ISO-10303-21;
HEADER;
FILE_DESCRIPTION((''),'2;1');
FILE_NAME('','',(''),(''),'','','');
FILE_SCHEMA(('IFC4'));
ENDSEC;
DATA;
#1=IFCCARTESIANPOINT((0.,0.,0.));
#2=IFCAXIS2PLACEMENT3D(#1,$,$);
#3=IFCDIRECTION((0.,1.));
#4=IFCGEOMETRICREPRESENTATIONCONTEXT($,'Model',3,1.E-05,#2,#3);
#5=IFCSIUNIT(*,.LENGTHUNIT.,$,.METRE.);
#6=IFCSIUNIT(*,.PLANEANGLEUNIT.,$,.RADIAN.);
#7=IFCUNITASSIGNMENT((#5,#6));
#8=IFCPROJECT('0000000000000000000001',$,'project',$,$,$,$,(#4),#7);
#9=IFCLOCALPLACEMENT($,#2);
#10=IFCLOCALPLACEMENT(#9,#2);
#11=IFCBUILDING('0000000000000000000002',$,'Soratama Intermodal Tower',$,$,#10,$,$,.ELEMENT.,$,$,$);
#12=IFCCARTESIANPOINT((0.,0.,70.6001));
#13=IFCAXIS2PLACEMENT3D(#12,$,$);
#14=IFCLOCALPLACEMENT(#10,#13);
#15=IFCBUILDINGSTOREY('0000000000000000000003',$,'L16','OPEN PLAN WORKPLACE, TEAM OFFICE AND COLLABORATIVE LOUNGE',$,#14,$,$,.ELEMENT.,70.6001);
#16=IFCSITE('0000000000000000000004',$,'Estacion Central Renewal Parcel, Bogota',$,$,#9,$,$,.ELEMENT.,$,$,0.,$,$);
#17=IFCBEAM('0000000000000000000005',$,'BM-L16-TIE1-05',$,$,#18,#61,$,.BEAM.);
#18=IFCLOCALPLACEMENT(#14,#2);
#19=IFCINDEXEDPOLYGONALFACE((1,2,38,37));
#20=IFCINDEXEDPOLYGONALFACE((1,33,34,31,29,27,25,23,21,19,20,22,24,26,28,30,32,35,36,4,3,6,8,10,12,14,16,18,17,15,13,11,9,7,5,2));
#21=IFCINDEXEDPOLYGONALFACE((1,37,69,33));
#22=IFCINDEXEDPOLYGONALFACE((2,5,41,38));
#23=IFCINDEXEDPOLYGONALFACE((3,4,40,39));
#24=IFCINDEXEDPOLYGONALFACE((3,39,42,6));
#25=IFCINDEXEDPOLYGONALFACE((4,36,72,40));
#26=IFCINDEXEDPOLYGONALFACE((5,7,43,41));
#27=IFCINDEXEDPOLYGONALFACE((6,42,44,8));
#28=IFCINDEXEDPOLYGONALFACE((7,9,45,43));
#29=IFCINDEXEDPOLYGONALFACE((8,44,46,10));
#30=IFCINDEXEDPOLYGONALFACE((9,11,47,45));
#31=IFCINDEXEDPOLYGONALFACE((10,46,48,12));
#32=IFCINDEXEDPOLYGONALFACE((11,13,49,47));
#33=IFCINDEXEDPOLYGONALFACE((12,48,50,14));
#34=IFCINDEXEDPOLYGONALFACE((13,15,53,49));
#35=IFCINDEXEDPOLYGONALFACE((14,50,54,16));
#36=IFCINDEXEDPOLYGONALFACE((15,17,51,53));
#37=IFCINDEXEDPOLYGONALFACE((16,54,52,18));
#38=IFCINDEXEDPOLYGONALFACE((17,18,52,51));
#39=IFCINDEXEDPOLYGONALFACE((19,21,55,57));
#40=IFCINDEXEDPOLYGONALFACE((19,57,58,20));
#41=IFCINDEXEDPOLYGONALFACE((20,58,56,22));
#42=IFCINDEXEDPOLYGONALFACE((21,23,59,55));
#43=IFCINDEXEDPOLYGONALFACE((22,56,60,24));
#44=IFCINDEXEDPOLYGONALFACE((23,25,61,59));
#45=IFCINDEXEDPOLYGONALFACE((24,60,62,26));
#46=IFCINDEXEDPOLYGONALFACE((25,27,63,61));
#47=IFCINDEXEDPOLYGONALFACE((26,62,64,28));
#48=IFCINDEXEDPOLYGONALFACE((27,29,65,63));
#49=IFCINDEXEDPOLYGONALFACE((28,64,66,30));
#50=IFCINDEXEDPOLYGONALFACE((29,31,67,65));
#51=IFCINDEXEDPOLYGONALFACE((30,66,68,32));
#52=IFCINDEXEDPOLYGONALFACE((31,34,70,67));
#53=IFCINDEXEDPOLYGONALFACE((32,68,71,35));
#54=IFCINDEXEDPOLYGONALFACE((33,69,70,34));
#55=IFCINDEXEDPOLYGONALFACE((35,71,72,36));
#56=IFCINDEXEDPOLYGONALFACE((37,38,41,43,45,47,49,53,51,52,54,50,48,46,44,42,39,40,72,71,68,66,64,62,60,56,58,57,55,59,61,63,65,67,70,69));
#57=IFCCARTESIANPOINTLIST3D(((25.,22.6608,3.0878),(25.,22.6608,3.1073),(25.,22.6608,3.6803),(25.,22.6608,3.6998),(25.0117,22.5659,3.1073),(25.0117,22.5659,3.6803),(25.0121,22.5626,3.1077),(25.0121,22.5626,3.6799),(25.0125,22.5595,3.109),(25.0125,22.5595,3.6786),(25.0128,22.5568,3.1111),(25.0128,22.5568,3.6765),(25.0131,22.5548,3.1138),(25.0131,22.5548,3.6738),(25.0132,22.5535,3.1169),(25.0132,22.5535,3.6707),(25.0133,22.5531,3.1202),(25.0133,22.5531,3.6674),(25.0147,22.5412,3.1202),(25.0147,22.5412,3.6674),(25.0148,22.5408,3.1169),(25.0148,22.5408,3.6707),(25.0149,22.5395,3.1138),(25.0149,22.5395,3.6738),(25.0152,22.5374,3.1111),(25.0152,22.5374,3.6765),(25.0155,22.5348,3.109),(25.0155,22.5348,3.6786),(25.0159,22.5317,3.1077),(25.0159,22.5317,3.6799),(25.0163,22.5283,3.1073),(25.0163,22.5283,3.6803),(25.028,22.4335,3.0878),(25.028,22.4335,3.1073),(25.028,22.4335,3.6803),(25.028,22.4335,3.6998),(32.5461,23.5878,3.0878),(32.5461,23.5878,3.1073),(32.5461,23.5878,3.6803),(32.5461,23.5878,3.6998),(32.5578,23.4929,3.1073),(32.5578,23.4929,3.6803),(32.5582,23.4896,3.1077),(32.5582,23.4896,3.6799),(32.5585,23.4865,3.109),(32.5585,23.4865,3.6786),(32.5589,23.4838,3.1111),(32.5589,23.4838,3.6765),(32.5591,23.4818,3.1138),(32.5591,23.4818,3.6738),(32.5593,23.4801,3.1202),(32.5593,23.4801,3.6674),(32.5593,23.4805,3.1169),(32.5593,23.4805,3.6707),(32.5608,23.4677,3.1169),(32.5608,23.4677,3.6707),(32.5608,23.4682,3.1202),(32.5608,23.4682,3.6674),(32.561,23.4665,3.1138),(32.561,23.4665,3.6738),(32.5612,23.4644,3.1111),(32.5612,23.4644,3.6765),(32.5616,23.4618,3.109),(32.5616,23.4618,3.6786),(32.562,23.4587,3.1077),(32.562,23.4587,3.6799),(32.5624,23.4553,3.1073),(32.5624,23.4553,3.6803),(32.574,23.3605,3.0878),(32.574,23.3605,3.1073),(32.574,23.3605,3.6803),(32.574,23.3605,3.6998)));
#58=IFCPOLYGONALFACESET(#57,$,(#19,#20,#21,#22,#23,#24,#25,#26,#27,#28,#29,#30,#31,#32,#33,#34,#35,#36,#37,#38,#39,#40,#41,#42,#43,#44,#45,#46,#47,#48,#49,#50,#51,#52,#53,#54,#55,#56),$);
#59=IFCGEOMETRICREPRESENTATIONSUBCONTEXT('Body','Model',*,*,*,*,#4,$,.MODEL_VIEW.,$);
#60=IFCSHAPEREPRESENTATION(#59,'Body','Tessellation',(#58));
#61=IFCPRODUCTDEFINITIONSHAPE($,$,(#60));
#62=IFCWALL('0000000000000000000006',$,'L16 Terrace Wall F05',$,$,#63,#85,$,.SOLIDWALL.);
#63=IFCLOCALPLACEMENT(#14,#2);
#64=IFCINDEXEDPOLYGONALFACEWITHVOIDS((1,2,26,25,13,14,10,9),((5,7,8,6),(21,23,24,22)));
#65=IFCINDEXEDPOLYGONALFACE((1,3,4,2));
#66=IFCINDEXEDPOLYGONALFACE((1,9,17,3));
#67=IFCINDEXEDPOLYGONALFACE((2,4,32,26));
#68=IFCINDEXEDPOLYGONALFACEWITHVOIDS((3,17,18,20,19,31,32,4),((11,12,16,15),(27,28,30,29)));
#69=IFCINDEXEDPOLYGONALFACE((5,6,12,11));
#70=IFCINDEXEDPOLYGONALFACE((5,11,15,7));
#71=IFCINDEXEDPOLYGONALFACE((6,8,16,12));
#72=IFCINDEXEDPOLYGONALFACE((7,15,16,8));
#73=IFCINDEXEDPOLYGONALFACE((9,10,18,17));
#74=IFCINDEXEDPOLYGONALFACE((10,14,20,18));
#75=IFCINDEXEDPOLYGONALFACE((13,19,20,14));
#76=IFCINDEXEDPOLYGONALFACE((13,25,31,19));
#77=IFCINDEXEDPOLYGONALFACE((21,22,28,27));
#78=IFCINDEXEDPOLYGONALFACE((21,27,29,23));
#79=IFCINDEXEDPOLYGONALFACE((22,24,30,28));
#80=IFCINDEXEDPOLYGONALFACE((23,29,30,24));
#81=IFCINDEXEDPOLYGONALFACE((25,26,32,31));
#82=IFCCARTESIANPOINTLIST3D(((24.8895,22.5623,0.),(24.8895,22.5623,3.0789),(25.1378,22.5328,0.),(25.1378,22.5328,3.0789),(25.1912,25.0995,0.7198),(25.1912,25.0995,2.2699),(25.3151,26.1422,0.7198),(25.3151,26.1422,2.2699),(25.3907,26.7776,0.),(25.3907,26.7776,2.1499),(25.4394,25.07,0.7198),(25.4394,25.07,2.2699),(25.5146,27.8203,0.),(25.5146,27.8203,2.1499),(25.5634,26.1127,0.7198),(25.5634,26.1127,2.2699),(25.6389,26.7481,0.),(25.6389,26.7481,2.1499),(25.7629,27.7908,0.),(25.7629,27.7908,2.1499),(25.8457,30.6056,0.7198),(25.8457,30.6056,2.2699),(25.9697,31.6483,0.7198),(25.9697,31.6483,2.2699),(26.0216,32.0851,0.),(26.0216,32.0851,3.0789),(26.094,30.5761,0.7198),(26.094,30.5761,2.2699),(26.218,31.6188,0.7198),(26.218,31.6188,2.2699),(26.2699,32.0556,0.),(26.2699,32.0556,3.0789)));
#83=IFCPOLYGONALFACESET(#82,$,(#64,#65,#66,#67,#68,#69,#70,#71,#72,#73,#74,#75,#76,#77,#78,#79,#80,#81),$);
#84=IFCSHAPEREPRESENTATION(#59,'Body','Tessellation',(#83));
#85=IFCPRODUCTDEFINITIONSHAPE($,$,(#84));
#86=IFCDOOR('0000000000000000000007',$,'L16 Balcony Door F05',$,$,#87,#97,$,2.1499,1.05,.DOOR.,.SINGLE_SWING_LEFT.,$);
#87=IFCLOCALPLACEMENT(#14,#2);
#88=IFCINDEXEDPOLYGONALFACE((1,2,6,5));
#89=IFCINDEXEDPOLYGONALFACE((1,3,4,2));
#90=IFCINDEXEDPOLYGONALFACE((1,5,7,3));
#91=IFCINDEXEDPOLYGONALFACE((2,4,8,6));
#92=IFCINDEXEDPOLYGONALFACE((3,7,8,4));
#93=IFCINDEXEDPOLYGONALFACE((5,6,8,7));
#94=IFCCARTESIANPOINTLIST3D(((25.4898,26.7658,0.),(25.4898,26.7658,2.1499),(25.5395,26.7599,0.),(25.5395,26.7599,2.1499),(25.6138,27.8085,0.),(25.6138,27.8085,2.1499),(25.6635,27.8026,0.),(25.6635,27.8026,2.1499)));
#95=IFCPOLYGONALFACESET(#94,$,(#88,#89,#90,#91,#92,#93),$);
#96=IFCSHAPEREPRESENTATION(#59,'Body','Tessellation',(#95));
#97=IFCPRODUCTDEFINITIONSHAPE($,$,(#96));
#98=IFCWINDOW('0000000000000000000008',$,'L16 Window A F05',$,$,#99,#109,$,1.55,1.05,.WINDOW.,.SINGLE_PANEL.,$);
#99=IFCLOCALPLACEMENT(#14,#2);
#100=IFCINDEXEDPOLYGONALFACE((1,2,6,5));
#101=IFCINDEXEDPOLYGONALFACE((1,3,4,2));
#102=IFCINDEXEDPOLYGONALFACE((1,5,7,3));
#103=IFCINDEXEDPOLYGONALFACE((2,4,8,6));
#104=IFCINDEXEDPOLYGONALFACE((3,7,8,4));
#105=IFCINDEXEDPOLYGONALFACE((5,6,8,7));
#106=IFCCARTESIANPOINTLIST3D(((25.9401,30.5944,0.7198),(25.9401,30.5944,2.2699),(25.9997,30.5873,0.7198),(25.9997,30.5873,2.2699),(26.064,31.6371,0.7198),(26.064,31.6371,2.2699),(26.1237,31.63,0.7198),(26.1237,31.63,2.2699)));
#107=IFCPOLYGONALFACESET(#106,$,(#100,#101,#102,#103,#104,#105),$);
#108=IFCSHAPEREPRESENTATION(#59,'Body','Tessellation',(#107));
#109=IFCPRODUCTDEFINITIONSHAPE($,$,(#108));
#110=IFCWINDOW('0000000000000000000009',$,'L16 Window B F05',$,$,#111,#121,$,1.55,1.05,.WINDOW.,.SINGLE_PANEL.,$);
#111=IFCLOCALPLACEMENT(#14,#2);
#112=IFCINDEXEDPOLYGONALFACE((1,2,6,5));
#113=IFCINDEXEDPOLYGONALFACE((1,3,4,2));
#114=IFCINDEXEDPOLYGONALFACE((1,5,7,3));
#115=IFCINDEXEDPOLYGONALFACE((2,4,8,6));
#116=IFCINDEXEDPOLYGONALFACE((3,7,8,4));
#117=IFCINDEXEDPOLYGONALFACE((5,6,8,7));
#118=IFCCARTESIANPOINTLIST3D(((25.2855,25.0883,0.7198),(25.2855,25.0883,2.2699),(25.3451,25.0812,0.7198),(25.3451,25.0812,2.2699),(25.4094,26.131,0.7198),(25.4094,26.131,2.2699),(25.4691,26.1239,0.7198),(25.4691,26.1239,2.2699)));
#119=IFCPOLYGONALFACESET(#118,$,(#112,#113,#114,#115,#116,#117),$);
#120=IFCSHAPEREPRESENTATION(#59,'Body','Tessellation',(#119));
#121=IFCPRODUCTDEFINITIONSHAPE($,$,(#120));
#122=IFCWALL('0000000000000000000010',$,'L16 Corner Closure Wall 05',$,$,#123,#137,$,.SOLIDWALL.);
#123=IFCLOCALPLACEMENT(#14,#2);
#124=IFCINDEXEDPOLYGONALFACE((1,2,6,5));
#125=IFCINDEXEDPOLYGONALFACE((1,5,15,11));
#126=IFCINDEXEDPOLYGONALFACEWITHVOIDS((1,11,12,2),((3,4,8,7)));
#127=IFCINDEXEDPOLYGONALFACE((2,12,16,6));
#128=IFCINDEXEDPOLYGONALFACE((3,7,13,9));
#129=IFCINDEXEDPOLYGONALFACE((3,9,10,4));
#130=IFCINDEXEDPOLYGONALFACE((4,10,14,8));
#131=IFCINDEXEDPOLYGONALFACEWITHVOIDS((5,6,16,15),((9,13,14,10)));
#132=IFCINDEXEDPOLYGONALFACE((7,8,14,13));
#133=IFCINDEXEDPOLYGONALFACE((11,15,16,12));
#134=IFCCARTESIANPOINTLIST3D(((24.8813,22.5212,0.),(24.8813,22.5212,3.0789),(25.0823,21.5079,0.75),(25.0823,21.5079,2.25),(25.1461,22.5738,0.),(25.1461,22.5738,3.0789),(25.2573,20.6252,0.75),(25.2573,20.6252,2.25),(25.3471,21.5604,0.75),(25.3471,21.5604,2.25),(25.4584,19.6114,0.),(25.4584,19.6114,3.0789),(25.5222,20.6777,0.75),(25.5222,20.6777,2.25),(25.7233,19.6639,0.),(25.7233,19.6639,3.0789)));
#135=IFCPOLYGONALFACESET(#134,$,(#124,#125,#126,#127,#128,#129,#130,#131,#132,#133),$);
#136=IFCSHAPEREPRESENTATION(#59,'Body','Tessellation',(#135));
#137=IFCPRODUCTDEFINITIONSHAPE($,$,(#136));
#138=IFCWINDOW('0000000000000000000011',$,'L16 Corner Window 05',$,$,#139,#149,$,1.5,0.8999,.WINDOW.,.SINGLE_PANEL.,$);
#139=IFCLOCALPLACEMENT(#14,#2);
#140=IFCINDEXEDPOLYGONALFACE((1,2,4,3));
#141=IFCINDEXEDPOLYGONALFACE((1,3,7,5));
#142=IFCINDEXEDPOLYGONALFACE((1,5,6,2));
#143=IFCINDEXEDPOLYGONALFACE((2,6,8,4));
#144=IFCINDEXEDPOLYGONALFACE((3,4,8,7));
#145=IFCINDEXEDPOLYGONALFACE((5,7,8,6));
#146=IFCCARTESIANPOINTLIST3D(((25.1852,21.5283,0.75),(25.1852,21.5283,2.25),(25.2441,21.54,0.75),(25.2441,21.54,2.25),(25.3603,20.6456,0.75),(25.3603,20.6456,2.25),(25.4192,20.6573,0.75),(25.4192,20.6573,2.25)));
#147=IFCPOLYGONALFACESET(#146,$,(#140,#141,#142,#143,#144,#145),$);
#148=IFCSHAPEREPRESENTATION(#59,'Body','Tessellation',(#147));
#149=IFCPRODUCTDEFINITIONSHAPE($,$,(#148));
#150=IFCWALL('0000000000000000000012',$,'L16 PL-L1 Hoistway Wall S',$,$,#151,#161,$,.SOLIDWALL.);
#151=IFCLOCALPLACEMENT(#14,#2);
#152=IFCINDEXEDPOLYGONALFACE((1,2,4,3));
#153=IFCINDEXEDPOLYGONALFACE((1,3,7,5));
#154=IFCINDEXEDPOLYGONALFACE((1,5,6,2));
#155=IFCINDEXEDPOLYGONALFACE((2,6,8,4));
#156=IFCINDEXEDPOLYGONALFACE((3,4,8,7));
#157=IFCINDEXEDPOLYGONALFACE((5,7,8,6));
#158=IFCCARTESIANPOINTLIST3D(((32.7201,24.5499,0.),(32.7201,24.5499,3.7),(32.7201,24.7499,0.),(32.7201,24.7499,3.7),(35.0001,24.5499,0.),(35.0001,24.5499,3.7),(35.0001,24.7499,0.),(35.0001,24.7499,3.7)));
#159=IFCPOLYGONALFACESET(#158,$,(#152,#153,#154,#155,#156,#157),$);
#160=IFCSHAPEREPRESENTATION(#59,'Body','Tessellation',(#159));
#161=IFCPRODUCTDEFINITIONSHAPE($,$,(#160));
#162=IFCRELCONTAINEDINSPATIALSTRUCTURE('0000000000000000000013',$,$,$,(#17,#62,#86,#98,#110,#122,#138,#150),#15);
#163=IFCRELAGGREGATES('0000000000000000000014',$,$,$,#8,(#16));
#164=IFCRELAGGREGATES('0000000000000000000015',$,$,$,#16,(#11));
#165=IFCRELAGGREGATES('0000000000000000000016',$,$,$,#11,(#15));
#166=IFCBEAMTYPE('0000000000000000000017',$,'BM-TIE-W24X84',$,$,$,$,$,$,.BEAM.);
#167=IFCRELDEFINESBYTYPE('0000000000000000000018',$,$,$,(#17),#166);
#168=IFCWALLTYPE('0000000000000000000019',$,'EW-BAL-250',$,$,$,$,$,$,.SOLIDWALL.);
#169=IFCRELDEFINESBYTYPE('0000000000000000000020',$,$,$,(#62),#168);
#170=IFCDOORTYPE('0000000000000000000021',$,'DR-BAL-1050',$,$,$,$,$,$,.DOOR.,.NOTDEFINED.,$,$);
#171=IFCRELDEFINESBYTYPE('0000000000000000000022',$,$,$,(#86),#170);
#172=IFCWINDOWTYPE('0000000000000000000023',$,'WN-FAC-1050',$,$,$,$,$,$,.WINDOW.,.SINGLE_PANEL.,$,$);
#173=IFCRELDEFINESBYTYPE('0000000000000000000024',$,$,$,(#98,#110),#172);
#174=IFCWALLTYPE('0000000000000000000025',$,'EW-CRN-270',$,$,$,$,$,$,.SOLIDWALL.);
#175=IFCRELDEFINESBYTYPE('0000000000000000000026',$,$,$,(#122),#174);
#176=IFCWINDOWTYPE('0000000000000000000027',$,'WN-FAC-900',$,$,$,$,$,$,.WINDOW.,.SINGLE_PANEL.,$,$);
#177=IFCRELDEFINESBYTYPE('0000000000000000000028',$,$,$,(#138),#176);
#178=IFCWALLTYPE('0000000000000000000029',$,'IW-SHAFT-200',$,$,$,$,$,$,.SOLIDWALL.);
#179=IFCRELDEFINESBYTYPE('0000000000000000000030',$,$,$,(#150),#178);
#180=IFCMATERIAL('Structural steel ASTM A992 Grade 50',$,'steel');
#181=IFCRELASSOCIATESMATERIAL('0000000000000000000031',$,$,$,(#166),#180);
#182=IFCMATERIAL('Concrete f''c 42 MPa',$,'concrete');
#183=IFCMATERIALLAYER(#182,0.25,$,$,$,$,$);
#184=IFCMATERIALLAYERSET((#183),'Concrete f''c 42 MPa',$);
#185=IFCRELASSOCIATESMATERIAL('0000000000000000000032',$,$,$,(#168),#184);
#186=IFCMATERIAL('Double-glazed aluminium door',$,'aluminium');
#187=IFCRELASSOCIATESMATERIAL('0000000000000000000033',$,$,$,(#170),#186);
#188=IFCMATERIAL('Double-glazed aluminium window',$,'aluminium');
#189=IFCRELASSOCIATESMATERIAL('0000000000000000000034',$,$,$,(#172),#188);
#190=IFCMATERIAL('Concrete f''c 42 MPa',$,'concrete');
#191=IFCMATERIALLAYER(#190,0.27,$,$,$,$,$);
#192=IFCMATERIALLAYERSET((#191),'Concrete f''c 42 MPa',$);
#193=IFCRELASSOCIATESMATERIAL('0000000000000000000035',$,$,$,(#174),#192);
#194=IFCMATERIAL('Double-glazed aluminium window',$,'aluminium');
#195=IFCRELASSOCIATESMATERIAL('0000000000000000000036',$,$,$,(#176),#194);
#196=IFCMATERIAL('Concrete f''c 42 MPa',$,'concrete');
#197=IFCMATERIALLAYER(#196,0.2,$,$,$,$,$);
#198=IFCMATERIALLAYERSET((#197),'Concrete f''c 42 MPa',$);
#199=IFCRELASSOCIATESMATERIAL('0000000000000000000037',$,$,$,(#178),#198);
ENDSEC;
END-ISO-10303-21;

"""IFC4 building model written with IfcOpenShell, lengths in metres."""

from ifc_helpers import new_model, si_unit, direction, frame, frame_2d, origin, origin_2d, place, context, subcontext, project, spatial, rectangle, i_section, extrude, material, layer, layer_set, material_profile, profile_set, type_object, element, fill, save


model = new_model("IFC4")

# Units and contexts
model_context = context("Model", 3, precision=1e-05, world=origin(), true_north=direction((0.0, 1.0)))
body_context = subcontext(model_context, "Body", "Model", "MODEL_VIEW")
ifc_project = project(units=[si_unit("LENGTHUNIT", "METRE"), si_unit("PLANEANGLEUNIT", "RADIAN")], contexts=[model_context])

# Site, building, storey
site_placement = place(None, origin())
site = spatial("IfcSite", under=ifc_project, at=site_placement, Name="Estacion Central Renewal Parcel, Bogota", CompositionType="ELEMENT", RefElevation=0.0)
building_placement = place(site_placement, origin())
building = spatial("IfcBuilding", under=site, at=building_placement, Name="Soratama Intermodal Tower", CompositionType="ELEMENT")
storey_placement = place(building_placement, frame((0.0, 0.0, 70.6001)))
storey = spatial("IfcBuildingStorey", under=building, at=storey_placement, Name="L16", Description="OPEN PLAN WORKPLACE, TEAM OFFICE AND COLLABORATIVE LOUNGE", CompositionType="ELEMENT", Elevation=70.6001)

# Beam
ifc_material_1 = material(Name="Structural steel ASTM A992 Grade 50", Category="steel")
ifc_material_profile_1 = material_profile(ifc_material_1, i_section(OverallWidth=0.229, OverallDepth=0.6121, WebThickness=0.012, FlangeThickness=0.0195, FilletRadius=0.0129, at=origin_2d()), Name="W24X84")
ifc_profile_set_1 = profile_set([ifc_material_profile_1], Name="Structural steel ASTM A992 Grade 50")
beam_type_1 = type_object("IfcBeamType", Name="BM-TIE-W24X84", PredefinedType="BEAM", material=ifc_profile_set_1)
beam_1_placement = place(storey_placement, frame((32.5601, 23.4741, 3.3938), z_axis=(-0.992539, -0.121928, 0.0), x_axis=(0.121928, -0.992539, 0.0)))
element("IfcBeam", 1, at=beam_1_placement, inside=storey, type_object=beam_type_1, Name="BM-L16-TIE1-05", PredefinedType="BEAM", context=body_context, shape_type="SweptSolid", body=[
    extrude(i_section(OverallWidth=0.229, OverallDepth=0.6121, WebThickness=0.012, FlangeThickness=0.0195, FilletRadius=0.0129, at=origin_2d()), origin(), (0.0, 0.0, 1.0), 7.6028),
])

# Wall, openings, door, windows
ifc_material_2 = material(Name="Concrete f'c 42 MPa", Category="concrete")
ifc_layer_1 = layer(ifc_material_2, 0.25)
ifc_layer_set_1 = layer_set([ifc_layer_1], Name="Concrete f'c 42 MPa")
wall_type_1 = type_object("IfcWallType", Name="EW-BAL-250", PredefinedType="SOLIDWALL", material=ifc_layer_set_1)
wall_1_placement = place(storey_placement, frame((26.1458, 32.0703, 0.0), z_axis=(0.0, 0.0, 1.0), x_axis=(-0.118051, -0.993008, 0.0)))
wall_1 = element("IfcWall", 2, at=wall_1_placement, inside=storey, type_object=wall_type_1, Name="L16 Terrace Wall F05", PredefinedType="SOLIDWALL", context=body_context, shape_type="SweptSolid", body=[
    extrude(rectangle(XDim=9.5898, YDim=0.25, at=frame_2d((4.7949, 0.0))), origin(), (0.0, 0.0, 1.0), 3.0789),
])
opening_1_placement = place(wall_1_placement, frame((4.2949, 0.0, 0.0)))
opening_1 = element("IfcOpeningElement", 3, at=opening_1_placement, cuts=wall_1, PredefinedType="OPENING", context=body_context, shape_type="SweptSolid", body=[
    extrude(rectangle(XDim=1.05, YDim=2.1499, at=frame_2d((0.5249, 1.075))), frame((0.0, 0.135, 0.0), z_axis=(0.0, -1.0, 0.0), x_axis=(1.0, 0.0, 0.0)), (0.0, 0.0, 1.0), 0.27),
])
opening_2_placement = place(wall_1_placement, frame((0.4399, 0.0, 0.72)))
opening_2 = element("IfcOpeningElement", 4, at=opening_2_placement, cuts=wall_1, PredefinedType="OPENING", context=body_context, shape_type="SweptSolid", body=[
    extrude(rectangle(XDim=1.05, YDim=1.55, at=frame_2d((0.5249, 0.7749))), frame((0.0, 0.135, 0.0), z_axis=(0.0, -1.0, 0.0), x_axis=(1.0, 0.0, 0.0)), (0.0, 0.0, 1.0), 0.27),
])
opening_3_placement = place(wall_1_placement, frame((5.9849, 0.0, 0.72)))
opening_3 = element("IfcOpeningElement", 5, at=opening_3_placement, cuts=wall_1, PredefinedType="OPENING", context=body_context, shape_type="SweptSolid", body=[
    extrude(rectangle(XDim=1.05, YDim=1.55, at=frame_2d((0.5249, 0.7749))), frame((0.0, 0.135, 0.0), z_axis=(0.0, -1.0, 0.0), x_axis=(1.0, 0.0, 0.0)), (0.0, 0.0, 1.0), 0.27),
])
ifc_material_3 = material(Name="Double-glazed aluminium door", Category="aluminium")
door_type_1 = type_object("IfcDoorType", Name="DR-BAL-1050", OperationType="NOTDEFINED", PredefinedType="DOOR", material=ifc_material_3)
door_1_placement = place(opening_1_placement, origin())
door_1 = element("IfcDoor", 6, at=door_1_placement, inside=storey, type_object=door_type_1, Name="L16 Balcony Door F05", OperationType="SINGLE_SWING_LEFT", OverallHeight=2.1499, OverallWidth=1.05, PredefinedType="DOOR", context=body_context, shape_type="SweptSolid", body=[
    extrude(rectangle(XDim=1.05, YDim=2.1499, at=frame_2d((0.5249, 1.075))), frame((0.0, 0.0249, 0.0), z_axis=(0.0, -1.0, 0.0), x_axis=(1.0, 0.0, 0.0)), (0.0, 0.0, 1.0), 0.05),
])
fill(opening_1, door_1)
ifc_material_4 = material(Name="Double-glazed aluminium window", Category="aluminium")
window_type_1 = type_object("IfcWindowType", Name="WN-FAC-1050", PartitioningType="SINGLE_PANEL", PredefinedType="WINDOW", material=ifc_material_4)
window_1_placement = place(opening_2_placement, origin())
window_1 = element("IfcWindow", 7, at=window_1_placement, inside=storey, type_object=window_type_1, Name="L16 Window A F05", OverallHeight=1.55, OverallWidth=1.05, PartitioningType="SINGLE_PANEL", PredefinedType="WINDOW", context=body_context, shape_type="SweptSolid", body=[
    extrude(rectangle(XDim=1.05, YDim=1.55, at=frame_2d((0.5249, 0.7749))), frame((0.0, 0.03, 0.0), z_axis=(0.0, -1.0, 0.0), x_axis=(1.0, 0.0, 0.0)), (0.0, 0.0, 1.0), 0.0601),
])
fill(opening_2, window_1)
window_2_placement = place(opening_3_placement, origin())
window_2 = element("IfcWindow", 8, at=window_2_placement, inside=storey, type_object=window_type_1, Name="L16 Window B F05", OverallHeight=1.55, OverallWidth=1.05, PartitioningType="SINGLE_PANEL", PredefinedType="WINDOW", context=body_context, shape_type="SweptSolid", body=[
    extrude(rectangle(XDim=1.05, YDim=1.55, at=frame_2d((0.5249, 0.7749))), frame((0.0, 0.03, 0.0), z_axis=(0.0, -1.0, 0.0), x_axis=(1.0, 0.0, 0.0)), (0.0, 0.0, 1.0), 0.0601),
])
fill(opening_3, window_2)

# Wall, opening, window
ifc_material_5 = material(Name="Concrete f'c 42 MPa", Category="concrete")
ifc_layer_2 = layer(ifc_material_5, 0.27)
ifc_layer_set_2 = layer_set([ifc_layer_2], Name="Concrete f'c 42 MPa")
wall_type_2 = type_object("IfcWallType", Name="EW-CRN-270", PredefinedType="SOLIDWALL", material=ifc_layer_set_2)
wall_2_placement = place(storey_placement, frame((25.0137, 22.5476, 0.0), z_axis=(0.0, 0.0, 1.0), x_axis=(0.194549, -0.980893, 0.0)))
wall_2 = element("IfcWall", 9, at=wall_2_placement, inside=storey, type_object=wall_type_2, Name="L16 Corner Closure Wall 05", PredefinedType="SOLIDWALL", context=body_context, shape_type="SweptSolid", body=[
    extrude(rectangle(XDim=2.9666, YDim=0.27, at=frame_2d((1.4834, 0.0))), origin(), (0.0, 0.0, 1.0), 3.0789),
])
opening_4_placement = place(wall_2_placement, frame((1.0332, 0.0, 0.75)))
opening_4 = element("IfcOpeningElement", 10, at=opening_4_placement, cuts=wall_2, PredefinedType="OPENING", context=body_context, shape_type="SweptSolid", body=[
    extrude(rectangle(XDim=0.8999, YDim=1.5, at=frame_2d((0.45, 0.75))), frame((0.0, 0.145, 0.0), z_axis=(0.0, -1.0, 0.0), x_axis=(1.0, 0.0, 0.0)), (0.0, 0.0, 1.0), 0.29),
])
ifc_material_6 = material(Name="Double-glazed aluminium window", Category="aluminium")
window_type_2 = type_object("IfcWindowType", Name="WN-FAC-900", PartitioningType="SINGLE_PANEL", PredefinedType="WINDOW", material=ifc_material_6)
window_3_placement = place(opening_4_placement, origin())
window_3 = element("IfcWindow", 11, at=window_3_placement, inside=storey, type_object=window_type_2, Name="L16 Corner Window 05", OverallHeight=1.5, OverallWidth=0.8999, PartitioningType="SINGLE_PANEL", PredefinedType="WINDOW", context=body_context, shape_type="SweptSolid", body=[
    extrude(rectangle(XDim=0.8999, YDim=1.5, at=frame_2d((0.45, 0.75))), frame((0.0, 0.03, 0.0), z_axis=(0.0, -1.0, 0.0), x_axis=(1.0, 0.0, 0.0)), (0.0, 0.0, 1.0), 0.0601),
])
fill(opening_4, window_3)

# Wall
ifc_material_7 = material(Name="Concrete f'c 42 MPa", Category="concrete")
ifc_layer_3 = layer(ifc_material_7, 0.2)
ifc_layer_set_3 = layer_set([ifc_layer_3], Name="Concrete f'c 42 MPa")
wall_type_3 = type_object("IfcWallType", Name="IW-SHAFT-200", PredefinedType="SOLIDWALL", material=ifc_layer_set_3)
wall_3_placement = place(storey_placement, frame((32.72, 24.6499, 0.0), z_axis=(0.0, 0.0, 1.0), x_axis=(1.0, 0.0, 0.0)))
element("IfcWall", 12, at=wall_3_placement, inside=storey, type_object=wall_type_3, Name="L16 PL-L1 Hoistway Wall S", PredefinedType="SOLIDWALL", context=body_context, shape_type="SweptSolid", body=[
    extrude(rectangle(XDim=2.28, YDim=0.2, at=frame_2d((1.1401, 0.0))), origin(), (0.0, 0.0, 1.0), 3.7),
])

save(model, "model.ifc")
